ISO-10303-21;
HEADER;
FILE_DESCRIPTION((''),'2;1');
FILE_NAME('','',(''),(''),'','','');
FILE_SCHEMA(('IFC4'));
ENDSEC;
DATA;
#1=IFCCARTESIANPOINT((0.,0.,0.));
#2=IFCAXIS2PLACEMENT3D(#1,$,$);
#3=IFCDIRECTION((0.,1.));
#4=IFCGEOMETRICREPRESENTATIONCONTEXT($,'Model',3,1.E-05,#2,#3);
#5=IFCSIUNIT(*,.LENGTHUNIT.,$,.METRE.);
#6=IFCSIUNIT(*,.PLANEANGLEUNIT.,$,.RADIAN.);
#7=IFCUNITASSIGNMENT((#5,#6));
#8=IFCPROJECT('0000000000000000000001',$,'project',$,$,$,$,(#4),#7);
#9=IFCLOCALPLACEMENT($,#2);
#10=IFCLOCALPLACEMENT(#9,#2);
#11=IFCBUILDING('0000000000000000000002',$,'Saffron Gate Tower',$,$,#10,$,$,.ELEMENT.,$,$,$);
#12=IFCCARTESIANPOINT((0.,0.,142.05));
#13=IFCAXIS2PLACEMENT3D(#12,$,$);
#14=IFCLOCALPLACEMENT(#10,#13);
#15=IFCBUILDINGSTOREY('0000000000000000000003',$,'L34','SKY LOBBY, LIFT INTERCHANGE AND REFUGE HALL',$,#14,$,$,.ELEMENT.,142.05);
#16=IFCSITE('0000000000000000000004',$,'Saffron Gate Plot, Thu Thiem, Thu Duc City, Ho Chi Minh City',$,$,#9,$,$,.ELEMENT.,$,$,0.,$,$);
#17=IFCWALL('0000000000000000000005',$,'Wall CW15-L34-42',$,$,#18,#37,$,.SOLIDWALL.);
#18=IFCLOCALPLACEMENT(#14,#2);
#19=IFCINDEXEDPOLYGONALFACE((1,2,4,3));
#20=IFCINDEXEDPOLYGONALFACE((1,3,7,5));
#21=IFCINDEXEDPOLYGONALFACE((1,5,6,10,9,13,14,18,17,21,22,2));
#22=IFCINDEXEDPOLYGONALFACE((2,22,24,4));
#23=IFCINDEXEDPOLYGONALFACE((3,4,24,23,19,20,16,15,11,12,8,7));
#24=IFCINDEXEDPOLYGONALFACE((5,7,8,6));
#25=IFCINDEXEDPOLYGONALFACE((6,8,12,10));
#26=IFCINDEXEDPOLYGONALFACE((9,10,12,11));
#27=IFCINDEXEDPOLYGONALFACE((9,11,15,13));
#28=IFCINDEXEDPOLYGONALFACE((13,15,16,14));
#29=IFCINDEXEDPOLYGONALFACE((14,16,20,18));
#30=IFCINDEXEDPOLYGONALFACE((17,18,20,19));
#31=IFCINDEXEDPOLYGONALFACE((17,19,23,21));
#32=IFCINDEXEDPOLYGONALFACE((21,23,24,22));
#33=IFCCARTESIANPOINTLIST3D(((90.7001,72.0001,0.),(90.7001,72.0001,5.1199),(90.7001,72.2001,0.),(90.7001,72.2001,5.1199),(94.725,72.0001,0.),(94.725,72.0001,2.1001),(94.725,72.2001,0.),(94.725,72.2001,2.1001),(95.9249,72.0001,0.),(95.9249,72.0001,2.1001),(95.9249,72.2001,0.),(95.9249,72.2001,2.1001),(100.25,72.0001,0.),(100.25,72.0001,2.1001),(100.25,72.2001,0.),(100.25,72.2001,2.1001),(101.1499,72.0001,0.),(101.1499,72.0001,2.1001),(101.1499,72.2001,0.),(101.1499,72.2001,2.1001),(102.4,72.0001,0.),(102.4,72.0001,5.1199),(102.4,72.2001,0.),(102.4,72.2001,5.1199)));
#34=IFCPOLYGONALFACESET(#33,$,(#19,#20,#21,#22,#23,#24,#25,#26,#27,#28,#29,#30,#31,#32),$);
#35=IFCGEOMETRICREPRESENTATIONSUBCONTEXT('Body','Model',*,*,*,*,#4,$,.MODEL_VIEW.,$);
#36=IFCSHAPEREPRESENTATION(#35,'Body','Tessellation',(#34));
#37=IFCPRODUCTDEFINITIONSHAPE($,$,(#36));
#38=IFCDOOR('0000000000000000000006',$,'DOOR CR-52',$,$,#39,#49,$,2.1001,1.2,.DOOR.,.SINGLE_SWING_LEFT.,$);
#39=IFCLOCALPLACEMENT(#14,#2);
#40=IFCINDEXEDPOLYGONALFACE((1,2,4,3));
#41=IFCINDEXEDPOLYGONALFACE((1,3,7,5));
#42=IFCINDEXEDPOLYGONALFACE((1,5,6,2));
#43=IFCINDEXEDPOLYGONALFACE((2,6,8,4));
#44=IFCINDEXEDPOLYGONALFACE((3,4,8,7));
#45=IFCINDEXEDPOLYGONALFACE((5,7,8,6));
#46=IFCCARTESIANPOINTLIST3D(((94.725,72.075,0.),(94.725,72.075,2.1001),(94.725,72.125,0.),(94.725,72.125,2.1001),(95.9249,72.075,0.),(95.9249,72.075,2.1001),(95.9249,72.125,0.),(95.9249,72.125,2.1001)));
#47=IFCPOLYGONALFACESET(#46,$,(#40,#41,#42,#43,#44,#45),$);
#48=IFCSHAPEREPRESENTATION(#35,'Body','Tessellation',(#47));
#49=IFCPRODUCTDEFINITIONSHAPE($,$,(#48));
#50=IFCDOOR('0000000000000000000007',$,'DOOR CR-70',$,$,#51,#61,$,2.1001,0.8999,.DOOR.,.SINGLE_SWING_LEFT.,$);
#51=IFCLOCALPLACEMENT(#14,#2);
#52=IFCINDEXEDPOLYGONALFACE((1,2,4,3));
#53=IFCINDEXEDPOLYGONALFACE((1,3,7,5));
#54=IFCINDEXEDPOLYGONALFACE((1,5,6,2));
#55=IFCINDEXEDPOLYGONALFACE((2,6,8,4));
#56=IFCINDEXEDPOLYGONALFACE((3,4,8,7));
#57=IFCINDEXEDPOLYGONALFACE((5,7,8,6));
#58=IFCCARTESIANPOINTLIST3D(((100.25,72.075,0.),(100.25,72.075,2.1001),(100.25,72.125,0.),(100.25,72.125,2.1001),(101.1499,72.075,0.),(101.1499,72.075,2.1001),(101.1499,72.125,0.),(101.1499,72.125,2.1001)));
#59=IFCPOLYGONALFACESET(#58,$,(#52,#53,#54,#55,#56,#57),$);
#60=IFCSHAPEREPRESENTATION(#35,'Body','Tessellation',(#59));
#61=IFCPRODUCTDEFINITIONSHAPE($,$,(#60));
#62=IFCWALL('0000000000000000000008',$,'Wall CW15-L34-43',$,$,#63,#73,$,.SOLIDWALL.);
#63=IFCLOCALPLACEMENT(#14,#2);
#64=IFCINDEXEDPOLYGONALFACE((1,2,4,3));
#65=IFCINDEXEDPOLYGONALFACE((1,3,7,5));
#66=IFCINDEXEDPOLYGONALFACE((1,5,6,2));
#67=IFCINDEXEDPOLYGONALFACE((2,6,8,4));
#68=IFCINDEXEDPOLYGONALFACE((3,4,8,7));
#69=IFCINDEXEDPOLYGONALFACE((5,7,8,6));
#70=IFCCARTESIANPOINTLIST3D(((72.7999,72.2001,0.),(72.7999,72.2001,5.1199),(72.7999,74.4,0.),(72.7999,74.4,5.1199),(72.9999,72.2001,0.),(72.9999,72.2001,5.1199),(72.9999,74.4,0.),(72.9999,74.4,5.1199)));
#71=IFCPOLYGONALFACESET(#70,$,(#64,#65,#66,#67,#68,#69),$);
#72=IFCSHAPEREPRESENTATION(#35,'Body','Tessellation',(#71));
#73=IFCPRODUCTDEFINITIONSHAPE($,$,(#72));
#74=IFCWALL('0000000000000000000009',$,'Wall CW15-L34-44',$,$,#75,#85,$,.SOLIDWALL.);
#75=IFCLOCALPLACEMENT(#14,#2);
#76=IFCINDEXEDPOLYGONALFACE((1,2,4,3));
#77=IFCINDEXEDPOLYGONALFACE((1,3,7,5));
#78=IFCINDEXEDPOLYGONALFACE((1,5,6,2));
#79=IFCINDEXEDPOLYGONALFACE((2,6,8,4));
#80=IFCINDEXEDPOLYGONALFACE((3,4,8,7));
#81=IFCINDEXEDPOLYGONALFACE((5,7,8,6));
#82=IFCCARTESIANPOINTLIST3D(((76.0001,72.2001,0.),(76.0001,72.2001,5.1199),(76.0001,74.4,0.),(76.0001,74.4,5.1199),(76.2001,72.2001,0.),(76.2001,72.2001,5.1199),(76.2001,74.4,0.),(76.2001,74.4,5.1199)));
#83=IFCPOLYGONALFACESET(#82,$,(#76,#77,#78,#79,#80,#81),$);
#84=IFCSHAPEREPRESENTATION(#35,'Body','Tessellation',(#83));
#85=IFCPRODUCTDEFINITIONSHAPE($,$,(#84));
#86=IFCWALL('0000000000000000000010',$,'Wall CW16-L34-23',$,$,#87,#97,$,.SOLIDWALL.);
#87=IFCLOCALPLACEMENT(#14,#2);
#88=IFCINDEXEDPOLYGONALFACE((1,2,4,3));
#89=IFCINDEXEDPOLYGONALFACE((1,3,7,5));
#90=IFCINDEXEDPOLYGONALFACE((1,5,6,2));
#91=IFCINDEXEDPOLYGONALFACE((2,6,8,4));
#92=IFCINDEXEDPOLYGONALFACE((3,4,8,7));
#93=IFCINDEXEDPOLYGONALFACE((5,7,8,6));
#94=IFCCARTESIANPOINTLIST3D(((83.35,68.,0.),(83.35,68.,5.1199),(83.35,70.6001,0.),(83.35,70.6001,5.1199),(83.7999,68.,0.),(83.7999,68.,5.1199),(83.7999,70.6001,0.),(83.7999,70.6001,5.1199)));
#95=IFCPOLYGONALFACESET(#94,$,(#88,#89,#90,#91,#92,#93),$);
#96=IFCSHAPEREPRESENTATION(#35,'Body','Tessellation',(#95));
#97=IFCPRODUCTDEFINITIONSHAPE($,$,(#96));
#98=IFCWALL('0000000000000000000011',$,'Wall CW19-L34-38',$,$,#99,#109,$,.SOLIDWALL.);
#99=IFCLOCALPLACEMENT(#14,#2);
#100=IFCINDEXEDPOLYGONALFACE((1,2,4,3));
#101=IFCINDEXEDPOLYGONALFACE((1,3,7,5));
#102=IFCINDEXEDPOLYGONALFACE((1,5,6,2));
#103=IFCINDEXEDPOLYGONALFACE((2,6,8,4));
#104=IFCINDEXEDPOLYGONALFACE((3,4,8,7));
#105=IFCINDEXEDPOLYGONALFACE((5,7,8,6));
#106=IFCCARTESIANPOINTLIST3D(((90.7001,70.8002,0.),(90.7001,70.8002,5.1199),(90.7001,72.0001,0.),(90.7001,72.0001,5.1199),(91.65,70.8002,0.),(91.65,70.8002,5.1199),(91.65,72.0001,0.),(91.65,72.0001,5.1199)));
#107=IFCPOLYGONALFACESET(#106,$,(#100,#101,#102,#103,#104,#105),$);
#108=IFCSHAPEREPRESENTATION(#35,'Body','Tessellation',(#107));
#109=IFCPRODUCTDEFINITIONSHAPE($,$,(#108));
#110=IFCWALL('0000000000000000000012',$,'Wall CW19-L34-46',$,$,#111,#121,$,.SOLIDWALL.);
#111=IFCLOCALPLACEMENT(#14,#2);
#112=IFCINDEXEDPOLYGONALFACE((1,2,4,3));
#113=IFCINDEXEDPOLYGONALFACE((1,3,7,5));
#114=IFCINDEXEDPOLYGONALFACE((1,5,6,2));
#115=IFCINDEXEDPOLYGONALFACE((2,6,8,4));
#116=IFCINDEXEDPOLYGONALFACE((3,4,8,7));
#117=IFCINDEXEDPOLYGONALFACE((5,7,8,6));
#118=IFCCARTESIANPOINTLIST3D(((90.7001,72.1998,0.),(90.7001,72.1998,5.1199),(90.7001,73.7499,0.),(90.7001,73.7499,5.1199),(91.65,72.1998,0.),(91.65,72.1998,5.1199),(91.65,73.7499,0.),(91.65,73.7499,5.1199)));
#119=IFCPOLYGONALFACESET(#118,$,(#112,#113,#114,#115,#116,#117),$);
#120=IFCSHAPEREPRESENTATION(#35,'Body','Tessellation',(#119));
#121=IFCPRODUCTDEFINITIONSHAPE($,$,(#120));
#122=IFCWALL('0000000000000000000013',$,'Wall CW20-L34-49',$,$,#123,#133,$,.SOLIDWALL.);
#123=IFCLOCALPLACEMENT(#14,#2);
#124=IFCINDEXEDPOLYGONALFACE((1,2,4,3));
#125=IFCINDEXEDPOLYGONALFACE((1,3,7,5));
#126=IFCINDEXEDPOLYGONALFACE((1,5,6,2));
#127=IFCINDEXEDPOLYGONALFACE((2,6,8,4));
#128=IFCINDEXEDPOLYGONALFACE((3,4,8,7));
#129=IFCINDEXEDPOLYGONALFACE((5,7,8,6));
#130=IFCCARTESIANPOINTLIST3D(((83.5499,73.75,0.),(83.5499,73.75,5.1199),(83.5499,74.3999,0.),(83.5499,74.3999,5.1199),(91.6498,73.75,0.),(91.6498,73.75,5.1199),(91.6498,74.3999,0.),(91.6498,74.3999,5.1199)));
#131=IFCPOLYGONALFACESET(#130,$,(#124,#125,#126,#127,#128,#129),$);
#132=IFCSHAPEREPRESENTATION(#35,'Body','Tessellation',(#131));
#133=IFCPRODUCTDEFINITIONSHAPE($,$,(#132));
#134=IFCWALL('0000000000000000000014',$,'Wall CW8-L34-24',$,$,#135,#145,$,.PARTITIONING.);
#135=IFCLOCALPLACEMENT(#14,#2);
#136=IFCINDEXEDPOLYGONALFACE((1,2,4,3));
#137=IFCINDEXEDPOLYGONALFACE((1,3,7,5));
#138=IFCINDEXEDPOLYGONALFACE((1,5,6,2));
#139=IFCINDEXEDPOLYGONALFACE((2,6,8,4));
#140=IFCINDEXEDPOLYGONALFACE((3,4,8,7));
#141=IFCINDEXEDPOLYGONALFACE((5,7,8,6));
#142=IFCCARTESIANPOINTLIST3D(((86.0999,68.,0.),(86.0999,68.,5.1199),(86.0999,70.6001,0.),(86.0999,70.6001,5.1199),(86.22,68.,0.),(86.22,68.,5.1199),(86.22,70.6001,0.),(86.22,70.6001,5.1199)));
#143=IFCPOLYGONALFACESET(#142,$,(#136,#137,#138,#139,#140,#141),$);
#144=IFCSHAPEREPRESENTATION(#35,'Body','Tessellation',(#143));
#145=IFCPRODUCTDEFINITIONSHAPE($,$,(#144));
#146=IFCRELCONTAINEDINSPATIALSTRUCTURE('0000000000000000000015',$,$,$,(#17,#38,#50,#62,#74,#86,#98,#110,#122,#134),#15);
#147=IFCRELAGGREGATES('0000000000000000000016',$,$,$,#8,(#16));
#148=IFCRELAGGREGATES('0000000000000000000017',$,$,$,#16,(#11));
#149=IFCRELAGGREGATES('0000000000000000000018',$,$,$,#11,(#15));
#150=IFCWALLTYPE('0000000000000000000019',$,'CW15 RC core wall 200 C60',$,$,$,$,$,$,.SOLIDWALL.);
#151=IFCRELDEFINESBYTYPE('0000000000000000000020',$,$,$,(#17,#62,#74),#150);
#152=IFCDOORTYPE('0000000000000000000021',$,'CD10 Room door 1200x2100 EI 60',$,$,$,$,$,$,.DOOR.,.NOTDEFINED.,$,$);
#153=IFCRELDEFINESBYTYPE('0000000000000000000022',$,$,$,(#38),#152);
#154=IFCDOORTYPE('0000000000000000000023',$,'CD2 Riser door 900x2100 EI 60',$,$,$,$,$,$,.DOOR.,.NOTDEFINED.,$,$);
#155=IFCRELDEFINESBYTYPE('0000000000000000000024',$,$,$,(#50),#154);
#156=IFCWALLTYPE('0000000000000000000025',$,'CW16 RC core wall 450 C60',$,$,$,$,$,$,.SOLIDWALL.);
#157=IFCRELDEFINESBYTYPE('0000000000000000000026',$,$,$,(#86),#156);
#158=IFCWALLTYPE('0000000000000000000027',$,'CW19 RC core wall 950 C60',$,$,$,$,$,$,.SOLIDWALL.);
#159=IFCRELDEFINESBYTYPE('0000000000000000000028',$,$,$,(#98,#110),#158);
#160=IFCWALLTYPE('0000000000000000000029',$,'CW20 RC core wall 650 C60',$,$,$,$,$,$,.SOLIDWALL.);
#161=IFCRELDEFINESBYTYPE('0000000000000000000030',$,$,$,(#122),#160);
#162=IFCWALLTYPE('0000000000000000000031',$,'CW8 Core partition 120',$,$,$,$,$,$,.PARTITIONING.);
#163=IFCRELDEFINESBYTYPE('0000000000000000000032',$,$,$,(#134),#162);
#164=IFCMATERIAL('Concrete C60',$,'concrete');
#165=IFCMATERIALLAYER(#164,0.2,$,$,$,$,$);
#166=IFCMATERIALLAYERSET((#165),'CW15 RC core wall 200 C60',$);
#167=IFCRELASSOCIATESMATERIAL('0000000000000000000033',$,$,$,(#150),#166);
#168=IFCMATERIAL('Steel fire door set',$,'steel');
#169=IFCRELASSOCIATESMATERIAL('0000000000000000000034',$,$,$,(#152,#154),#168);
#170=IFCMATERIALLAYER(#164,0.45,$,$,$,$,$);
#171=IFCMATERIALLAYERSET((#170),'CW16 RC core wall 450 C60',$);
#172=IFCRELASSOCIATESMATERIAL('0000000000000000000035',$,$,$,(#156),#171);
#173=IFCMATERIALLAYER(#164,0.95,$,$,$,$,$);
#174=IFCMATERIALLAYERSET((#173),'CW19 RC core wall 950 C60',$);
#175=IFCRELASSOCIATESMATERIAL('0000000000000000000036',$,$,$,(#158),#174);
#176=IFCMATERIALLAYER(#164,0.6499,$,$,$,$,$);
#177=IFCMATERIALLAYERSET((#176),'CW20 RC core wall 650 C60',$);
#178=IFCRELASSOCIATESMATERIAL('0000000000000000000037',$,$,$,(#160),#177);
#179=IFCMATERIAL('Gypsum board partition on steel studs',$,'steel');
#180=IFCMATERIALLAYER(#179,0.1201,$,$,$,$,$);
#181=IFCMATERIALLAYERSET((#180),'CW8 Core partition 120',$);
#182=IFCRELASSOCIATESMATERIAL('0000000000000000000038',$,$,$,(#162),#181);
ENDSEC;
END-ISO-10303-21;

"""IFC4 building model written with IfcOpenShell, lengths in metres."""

from ifc_helpers import new_model, si_unit, direction, frame, frame_2d, origin, place, context, subcontext, project, spatial, rectangle, extrude, material, layer, layer_set, type_object, element, fill, save


model = new_model("IFC4")

# Units and contexts
model_context = context("Model", 3, precision=1e-05, world=origin(), true_north=direction((0.0, 1.0)))
body_context = subcontext(model_context, "Body", "Model", "MODEL_VIEW")
ifc_project = project(units=[si_unit("LENGTHUNIT", "METRE"), si_unit("PLANEANGLEUNIT", "RADIAN")], contexts=[model_context])

# Site, building, storey
site_placement = place(None, origin())
site = spatial("IfcSite", under=ifc_project, at=site_placement, Name="Saffron Gate Plot, Thu Thiem, Thu Duc City, Ho Chi Minh City", CompositionType="ELEMENT", RefElevation=0.0)
building_placement = place(site_placement, origin())
building = spatial("IfcBuilding", under=site, at=building_placement, Name="Saffron Gate Tower", CompositionType="ELEMENT")
storey_placement = place(building_placement, frame((0.0, 0.0, 142.05)))
storey = spatial("IfcBuildingStorey", under=building, at=storey_placement, Name="L34", Description="SKY LOBBY, LIFT INTERCHANGE AND REFUGE HALL", CompositionType="ELEMENT", Elevation=142.05)

# Shared definitions
ifc_material_1 = material(Name="Gypsum board partition on steel studs", Category="steel")
ifc_material_2 = material(Name="Concrete C60", Category="concrete")
ifc_layer_1 = layer(ifc_material_2, 0.2)
ifc_layer_set_1 = layer_set([ifc_layer_1], Name="CW15 RC core wall 200 C60")
wall_type_1 = type_object("IfcWallType", Name="CW15 RC core wall 200 C60", PredefinedType="SOLIDWALL", material=ifc_layer_set_1)

# Wall, openings, doors
ifc_material_3 = material(Name="Steel fire door set", Category="steel")
door_type_1 = type_object("IfcDoorType", Name="CD10 Room door 1200x2100 EI 60", OperationType="NOTDEFINED", PredefinedType="DOOR", material=ifc_material_3)
door_type_2 = type_object("IfcDoorType", Name="CD2 Riser door 900x2100 EI 60", OperationType="NOTDEFINED", PredefinedType="DOOR", material=ifc_material_3)
wall_1_placement = place(storey_placement, frame((90.7, 72.1001, 0.0), z_axis=(0.0, 0.0, 1.0), x_axis=(1.0, 0.0, 0.0)))
wall_1 = element("IfcWall", 1, at=wall_1_placement, inside=storey, type_object=wall_type_1, Name="Wall CW15-L34-42", PredefinedType="SOLIDWALL", context=body_context, shape_type="SweptSolid", body=[
    extrude(rectangle(XDim=11.7, YDim=0.2, at=frame_2d((5.8501, 0.0))), origin(), (0.0, 0.0, 1.0), 5.1199),
])
opening_1_placement = place(wall_1_placement, frame((4.0249, 0.0, 0.0)))
opening_1 = element("IfcOpeningElement", 2, at=opening_1_placement, cuts=wall_1, PredefinedType="OPENING", context=body_context, shape_type="SweptSolid", body=[
    extrude(rectangle(XDim=1.2, YDim=2.1001, at=frame_2d((0.6001, 1.05))), frame((0.0, 0.1099, 0.0), z_axis=(0.0, -1.0, 0.0), x_axis=(1.0, 0.0, 0.0)), (0.0, 0.0, 1.0), 0.22),
])
opening_2_placement = place(wall_1_placement, frame((9.55, 0.0, 0.0)))
opening_2 = element("IfcOpeningElement", 3, at=opening_2_placement, cuts=wall_1, PredefinedType="OPENING", context=body_context, shape_type="SweptSolid", body=[
    extrude(rectangle(XDim=0.8999, YDim=2.1001, at=frame_2d((0.45, 1.05))), frame((0.0, 0.1099, 0.0), z_axis=(0.0, -1.0, 0.0), x_axis=(1.0, 0.0, 0.0)), (0.0, 0.0, 1.0), 0.22),
])
door_1_placement = place(opening_1_placement, origin())
door_1 = element("IfcDoor", 4, at=door_1_placement, inside=storey, type_object=door_type_1, Name="DOOR CR-52", OperationType="SINGLE_SWING_LEFT", OverallHeight=2.1001, OverallWidth=1.2, PredefinedType="DOOR", context=body_context, shape_type="SweptSolid", body=[
    extrude(rectangle(XDim=1.2, YDim=2.1001, at=frame_2d((0.6001, 1.05))), frame((0.0, 0.0249, 0.0), z_axis=(0.0, -1.0, 0.0), x_axis=(1.0, 0.0, 0.0)), (0.0, 0.0, 1.0), 0.05),
])
fill(opening_1, door_1)
door_2_placement = place(opening_2_placement, origin())
door_2 = element("IfcDoor", 5, at=door_2_placement, inside=storey, type_object=door_type_2, Name="DOOR CR-70", OperationType="SINGLE_SWING_LEFT", OverallHeight=2.1001, OverallWidth=0.8999, PredefinedType="DOOR", context=body_context, shape_type="SweptSolid", body=[
    extrude(rectangle(XDim=0.8999, YDim=2.1001, at=frame_2d((0.45, 1.05))), frame((0.0, 0.0249, 0.0), z_axis=(0.0, -1.0, 0.0), x_axis=(1.0, 0.0, 0.0)), (0.0, 0.0, 1.0), 0.05),
])
fill(opening_2, door_2)

# Walls
for number, where, z_axis, x_axis, name in (
    (6, (72.8999, 72.2, 0.0), (0.0, 0.0, 1.0), (0.0, 1.0, 0.0), "Wall CW15-L34-43"),
    (7, (76.1001, 72.2, 0.0), (0.0, 0.0, 1.0), (0.0, 1.0, 0.0), "Wall CW15-L34-44"),
):
    element("IfcWall", number, at=place(storey_placement, frame(where, z_axis=z_axis, x_axis=x_axis)), inside=storey, type_object=wall_type_1, Name=name, PredefinedType="SOLIDWALL", context=body_context, shape_type="SweptSolid", body=[
        extrude(rectangle(XDim=2.2, YDim=0.2, at=frame_2d((1.1001, 0.0))), origin(), (0.0, 0.0, 1.0), 5.1199),
    ])
ifc_layer_2 = layer(ifc_material_2, 0.45)
ifc_layer_set_2 = layer_set([ifc_layer_2], Name="CW16 RC core wall 450 C60")
wall_type_2 = type_object("IfcWallType", Name="CW16 RC core wall 450 C60", PredefinedType="SOLIDWALL", material=ifc_layer_set_2)
wall_2_placement = place(storey_placement, frame((83.575, 68.0, 0.0), z_axis=(0.0, 0.0, 1.0), x_axis=(0.0, 1.0, 0.0)))
element("IfcWall", 8, at=wall_2_placement, inside=storey, type_object=wall_type_2, Name="Wall CW16-L34-23", PredefinedType="SOLIDWALL", context=body_context, shape_type="SweptSolid", body=[
    extrude(rectangle(XDim=2.6001, YDim=0.45, at=frame_2d((1.3, 0.0))), origin(), (0.0, 0.0, 1.0), 5.1199),
])
ifc_layer_3 = layer(ifc_material_2, 0.95)
ifc_layer_set_3 = layer_set([ifc_layer_3], Name="CW19 RC core wall 950 C60")
wall_type_3 = type_object("IfcWallType", Name="CW19 RC core wall 950 C60", PredefinedType="SOLIDWALL", material=ifc_layer_set_3)
wall_3_placement = place(storey_placement, frame((91.175, 70.8, 0.0), z_axis=(0.0, 0.0, 1.0), x_axis=(0.0, 1.0, 0.0)))
element("IfcWall", 9, at=wall_3_placement, inside=storey, type_object=wall_type_3, Name="Wall CW19-L34-38", PredefinedType="SOLIDWALL", context=body_context, shape_type="SweptSolid", body=[
    extrude(rectangle(XDim=1.2, YDim=0.95, at=frame_2d((0.6001, 0.0))), origin(), (0.0, 0.0, 1.0), 5.1199),
])
wall_4_placement = place(storey_placement, frame((91.175, 72.2, 0.0), z_axis=(0.0, 0.0, 1.0), x_axis=(0.0, 1.0, 0.0)))
element("IfcWall", 10, at=wall_4_placement, inside=storey, type_object=wall_type_3, Name="Wall CW19-L34-46", PredefinedType="SOLIDWALL", context=body_context, shape_type="SweptSolid", body=[
    extrude(rectangle(XDim=1.55, YDim=0.95, at=frame_2d((0.7749, 0.0))), origin(), (0.0, 0.0, 1.0), 5.1199),
])
ifc_layer_4 = layer(ifc_material_2, 0.6499)
ifc_layer_set_4 = layer_set([ifc_layer_4], Name="CW20 RC core wall 650 C60")
wall_type_4 = type_object("IfcWallType", Name="CW20 RC core wall 650 C60", PredefinedType="SOLIDWALL", material=ifc_layer_set_4)
wall_5_placement = place(storey_placement, frame((83.55, 74.075, 0.0), z_axis=(0.0, 0.0, 1.0), x_axis=(1.0, 0.0, 0.0)))
element("IfcWall", 11, at=wall_5_placement, inside=storey, type_object=wall_type_4, Name="Wall CW20-L34-49", PredefinedType="SOLIDWALL", context=body_context, shape_type="SweptSolid", body=[
    extrude(rectangle(XDim=8.0999, YDim=0.6499, at=frame_2d((4.0498, 0.0))), origin(), (0.0, 0.0, 1.0), 5.1199),
])
ifc_layer_5 = layer(ifc_material_1, 0.1201)
ifc_layer_set_5 = layer_set([ifc_layer_5], Name="CW8 Core partition 120")
wall_type_5 = type_object("IfcWallType", Name="CW8 Core partition 120", PredefinedType="PARTITIONING", material=ifc_layer_set_5)
wall_6_placement = place(storey_placement, frame((86.1599, 68.0, 0.0), z_axis=(0.0, 0.0, 1.0), x_axis=(0.0, 1.0, 0.0)))
element("IfcWall", 12, at=wall_6_placement, inside=storey, type_object=wall_type_5, Name="Wall CW8-L34-24", PredefinedType="PARTITIONING", context=body_context, shape_type="SweptSolid", body=[
    extrude(rectangle(XDim=2.6001, YDim=0.1201, at=frame_2d((1.3, 0.0))), origin(), (0.0, 0.0, 1.0), 5.1199),
])

save(model, "model.ifc")
